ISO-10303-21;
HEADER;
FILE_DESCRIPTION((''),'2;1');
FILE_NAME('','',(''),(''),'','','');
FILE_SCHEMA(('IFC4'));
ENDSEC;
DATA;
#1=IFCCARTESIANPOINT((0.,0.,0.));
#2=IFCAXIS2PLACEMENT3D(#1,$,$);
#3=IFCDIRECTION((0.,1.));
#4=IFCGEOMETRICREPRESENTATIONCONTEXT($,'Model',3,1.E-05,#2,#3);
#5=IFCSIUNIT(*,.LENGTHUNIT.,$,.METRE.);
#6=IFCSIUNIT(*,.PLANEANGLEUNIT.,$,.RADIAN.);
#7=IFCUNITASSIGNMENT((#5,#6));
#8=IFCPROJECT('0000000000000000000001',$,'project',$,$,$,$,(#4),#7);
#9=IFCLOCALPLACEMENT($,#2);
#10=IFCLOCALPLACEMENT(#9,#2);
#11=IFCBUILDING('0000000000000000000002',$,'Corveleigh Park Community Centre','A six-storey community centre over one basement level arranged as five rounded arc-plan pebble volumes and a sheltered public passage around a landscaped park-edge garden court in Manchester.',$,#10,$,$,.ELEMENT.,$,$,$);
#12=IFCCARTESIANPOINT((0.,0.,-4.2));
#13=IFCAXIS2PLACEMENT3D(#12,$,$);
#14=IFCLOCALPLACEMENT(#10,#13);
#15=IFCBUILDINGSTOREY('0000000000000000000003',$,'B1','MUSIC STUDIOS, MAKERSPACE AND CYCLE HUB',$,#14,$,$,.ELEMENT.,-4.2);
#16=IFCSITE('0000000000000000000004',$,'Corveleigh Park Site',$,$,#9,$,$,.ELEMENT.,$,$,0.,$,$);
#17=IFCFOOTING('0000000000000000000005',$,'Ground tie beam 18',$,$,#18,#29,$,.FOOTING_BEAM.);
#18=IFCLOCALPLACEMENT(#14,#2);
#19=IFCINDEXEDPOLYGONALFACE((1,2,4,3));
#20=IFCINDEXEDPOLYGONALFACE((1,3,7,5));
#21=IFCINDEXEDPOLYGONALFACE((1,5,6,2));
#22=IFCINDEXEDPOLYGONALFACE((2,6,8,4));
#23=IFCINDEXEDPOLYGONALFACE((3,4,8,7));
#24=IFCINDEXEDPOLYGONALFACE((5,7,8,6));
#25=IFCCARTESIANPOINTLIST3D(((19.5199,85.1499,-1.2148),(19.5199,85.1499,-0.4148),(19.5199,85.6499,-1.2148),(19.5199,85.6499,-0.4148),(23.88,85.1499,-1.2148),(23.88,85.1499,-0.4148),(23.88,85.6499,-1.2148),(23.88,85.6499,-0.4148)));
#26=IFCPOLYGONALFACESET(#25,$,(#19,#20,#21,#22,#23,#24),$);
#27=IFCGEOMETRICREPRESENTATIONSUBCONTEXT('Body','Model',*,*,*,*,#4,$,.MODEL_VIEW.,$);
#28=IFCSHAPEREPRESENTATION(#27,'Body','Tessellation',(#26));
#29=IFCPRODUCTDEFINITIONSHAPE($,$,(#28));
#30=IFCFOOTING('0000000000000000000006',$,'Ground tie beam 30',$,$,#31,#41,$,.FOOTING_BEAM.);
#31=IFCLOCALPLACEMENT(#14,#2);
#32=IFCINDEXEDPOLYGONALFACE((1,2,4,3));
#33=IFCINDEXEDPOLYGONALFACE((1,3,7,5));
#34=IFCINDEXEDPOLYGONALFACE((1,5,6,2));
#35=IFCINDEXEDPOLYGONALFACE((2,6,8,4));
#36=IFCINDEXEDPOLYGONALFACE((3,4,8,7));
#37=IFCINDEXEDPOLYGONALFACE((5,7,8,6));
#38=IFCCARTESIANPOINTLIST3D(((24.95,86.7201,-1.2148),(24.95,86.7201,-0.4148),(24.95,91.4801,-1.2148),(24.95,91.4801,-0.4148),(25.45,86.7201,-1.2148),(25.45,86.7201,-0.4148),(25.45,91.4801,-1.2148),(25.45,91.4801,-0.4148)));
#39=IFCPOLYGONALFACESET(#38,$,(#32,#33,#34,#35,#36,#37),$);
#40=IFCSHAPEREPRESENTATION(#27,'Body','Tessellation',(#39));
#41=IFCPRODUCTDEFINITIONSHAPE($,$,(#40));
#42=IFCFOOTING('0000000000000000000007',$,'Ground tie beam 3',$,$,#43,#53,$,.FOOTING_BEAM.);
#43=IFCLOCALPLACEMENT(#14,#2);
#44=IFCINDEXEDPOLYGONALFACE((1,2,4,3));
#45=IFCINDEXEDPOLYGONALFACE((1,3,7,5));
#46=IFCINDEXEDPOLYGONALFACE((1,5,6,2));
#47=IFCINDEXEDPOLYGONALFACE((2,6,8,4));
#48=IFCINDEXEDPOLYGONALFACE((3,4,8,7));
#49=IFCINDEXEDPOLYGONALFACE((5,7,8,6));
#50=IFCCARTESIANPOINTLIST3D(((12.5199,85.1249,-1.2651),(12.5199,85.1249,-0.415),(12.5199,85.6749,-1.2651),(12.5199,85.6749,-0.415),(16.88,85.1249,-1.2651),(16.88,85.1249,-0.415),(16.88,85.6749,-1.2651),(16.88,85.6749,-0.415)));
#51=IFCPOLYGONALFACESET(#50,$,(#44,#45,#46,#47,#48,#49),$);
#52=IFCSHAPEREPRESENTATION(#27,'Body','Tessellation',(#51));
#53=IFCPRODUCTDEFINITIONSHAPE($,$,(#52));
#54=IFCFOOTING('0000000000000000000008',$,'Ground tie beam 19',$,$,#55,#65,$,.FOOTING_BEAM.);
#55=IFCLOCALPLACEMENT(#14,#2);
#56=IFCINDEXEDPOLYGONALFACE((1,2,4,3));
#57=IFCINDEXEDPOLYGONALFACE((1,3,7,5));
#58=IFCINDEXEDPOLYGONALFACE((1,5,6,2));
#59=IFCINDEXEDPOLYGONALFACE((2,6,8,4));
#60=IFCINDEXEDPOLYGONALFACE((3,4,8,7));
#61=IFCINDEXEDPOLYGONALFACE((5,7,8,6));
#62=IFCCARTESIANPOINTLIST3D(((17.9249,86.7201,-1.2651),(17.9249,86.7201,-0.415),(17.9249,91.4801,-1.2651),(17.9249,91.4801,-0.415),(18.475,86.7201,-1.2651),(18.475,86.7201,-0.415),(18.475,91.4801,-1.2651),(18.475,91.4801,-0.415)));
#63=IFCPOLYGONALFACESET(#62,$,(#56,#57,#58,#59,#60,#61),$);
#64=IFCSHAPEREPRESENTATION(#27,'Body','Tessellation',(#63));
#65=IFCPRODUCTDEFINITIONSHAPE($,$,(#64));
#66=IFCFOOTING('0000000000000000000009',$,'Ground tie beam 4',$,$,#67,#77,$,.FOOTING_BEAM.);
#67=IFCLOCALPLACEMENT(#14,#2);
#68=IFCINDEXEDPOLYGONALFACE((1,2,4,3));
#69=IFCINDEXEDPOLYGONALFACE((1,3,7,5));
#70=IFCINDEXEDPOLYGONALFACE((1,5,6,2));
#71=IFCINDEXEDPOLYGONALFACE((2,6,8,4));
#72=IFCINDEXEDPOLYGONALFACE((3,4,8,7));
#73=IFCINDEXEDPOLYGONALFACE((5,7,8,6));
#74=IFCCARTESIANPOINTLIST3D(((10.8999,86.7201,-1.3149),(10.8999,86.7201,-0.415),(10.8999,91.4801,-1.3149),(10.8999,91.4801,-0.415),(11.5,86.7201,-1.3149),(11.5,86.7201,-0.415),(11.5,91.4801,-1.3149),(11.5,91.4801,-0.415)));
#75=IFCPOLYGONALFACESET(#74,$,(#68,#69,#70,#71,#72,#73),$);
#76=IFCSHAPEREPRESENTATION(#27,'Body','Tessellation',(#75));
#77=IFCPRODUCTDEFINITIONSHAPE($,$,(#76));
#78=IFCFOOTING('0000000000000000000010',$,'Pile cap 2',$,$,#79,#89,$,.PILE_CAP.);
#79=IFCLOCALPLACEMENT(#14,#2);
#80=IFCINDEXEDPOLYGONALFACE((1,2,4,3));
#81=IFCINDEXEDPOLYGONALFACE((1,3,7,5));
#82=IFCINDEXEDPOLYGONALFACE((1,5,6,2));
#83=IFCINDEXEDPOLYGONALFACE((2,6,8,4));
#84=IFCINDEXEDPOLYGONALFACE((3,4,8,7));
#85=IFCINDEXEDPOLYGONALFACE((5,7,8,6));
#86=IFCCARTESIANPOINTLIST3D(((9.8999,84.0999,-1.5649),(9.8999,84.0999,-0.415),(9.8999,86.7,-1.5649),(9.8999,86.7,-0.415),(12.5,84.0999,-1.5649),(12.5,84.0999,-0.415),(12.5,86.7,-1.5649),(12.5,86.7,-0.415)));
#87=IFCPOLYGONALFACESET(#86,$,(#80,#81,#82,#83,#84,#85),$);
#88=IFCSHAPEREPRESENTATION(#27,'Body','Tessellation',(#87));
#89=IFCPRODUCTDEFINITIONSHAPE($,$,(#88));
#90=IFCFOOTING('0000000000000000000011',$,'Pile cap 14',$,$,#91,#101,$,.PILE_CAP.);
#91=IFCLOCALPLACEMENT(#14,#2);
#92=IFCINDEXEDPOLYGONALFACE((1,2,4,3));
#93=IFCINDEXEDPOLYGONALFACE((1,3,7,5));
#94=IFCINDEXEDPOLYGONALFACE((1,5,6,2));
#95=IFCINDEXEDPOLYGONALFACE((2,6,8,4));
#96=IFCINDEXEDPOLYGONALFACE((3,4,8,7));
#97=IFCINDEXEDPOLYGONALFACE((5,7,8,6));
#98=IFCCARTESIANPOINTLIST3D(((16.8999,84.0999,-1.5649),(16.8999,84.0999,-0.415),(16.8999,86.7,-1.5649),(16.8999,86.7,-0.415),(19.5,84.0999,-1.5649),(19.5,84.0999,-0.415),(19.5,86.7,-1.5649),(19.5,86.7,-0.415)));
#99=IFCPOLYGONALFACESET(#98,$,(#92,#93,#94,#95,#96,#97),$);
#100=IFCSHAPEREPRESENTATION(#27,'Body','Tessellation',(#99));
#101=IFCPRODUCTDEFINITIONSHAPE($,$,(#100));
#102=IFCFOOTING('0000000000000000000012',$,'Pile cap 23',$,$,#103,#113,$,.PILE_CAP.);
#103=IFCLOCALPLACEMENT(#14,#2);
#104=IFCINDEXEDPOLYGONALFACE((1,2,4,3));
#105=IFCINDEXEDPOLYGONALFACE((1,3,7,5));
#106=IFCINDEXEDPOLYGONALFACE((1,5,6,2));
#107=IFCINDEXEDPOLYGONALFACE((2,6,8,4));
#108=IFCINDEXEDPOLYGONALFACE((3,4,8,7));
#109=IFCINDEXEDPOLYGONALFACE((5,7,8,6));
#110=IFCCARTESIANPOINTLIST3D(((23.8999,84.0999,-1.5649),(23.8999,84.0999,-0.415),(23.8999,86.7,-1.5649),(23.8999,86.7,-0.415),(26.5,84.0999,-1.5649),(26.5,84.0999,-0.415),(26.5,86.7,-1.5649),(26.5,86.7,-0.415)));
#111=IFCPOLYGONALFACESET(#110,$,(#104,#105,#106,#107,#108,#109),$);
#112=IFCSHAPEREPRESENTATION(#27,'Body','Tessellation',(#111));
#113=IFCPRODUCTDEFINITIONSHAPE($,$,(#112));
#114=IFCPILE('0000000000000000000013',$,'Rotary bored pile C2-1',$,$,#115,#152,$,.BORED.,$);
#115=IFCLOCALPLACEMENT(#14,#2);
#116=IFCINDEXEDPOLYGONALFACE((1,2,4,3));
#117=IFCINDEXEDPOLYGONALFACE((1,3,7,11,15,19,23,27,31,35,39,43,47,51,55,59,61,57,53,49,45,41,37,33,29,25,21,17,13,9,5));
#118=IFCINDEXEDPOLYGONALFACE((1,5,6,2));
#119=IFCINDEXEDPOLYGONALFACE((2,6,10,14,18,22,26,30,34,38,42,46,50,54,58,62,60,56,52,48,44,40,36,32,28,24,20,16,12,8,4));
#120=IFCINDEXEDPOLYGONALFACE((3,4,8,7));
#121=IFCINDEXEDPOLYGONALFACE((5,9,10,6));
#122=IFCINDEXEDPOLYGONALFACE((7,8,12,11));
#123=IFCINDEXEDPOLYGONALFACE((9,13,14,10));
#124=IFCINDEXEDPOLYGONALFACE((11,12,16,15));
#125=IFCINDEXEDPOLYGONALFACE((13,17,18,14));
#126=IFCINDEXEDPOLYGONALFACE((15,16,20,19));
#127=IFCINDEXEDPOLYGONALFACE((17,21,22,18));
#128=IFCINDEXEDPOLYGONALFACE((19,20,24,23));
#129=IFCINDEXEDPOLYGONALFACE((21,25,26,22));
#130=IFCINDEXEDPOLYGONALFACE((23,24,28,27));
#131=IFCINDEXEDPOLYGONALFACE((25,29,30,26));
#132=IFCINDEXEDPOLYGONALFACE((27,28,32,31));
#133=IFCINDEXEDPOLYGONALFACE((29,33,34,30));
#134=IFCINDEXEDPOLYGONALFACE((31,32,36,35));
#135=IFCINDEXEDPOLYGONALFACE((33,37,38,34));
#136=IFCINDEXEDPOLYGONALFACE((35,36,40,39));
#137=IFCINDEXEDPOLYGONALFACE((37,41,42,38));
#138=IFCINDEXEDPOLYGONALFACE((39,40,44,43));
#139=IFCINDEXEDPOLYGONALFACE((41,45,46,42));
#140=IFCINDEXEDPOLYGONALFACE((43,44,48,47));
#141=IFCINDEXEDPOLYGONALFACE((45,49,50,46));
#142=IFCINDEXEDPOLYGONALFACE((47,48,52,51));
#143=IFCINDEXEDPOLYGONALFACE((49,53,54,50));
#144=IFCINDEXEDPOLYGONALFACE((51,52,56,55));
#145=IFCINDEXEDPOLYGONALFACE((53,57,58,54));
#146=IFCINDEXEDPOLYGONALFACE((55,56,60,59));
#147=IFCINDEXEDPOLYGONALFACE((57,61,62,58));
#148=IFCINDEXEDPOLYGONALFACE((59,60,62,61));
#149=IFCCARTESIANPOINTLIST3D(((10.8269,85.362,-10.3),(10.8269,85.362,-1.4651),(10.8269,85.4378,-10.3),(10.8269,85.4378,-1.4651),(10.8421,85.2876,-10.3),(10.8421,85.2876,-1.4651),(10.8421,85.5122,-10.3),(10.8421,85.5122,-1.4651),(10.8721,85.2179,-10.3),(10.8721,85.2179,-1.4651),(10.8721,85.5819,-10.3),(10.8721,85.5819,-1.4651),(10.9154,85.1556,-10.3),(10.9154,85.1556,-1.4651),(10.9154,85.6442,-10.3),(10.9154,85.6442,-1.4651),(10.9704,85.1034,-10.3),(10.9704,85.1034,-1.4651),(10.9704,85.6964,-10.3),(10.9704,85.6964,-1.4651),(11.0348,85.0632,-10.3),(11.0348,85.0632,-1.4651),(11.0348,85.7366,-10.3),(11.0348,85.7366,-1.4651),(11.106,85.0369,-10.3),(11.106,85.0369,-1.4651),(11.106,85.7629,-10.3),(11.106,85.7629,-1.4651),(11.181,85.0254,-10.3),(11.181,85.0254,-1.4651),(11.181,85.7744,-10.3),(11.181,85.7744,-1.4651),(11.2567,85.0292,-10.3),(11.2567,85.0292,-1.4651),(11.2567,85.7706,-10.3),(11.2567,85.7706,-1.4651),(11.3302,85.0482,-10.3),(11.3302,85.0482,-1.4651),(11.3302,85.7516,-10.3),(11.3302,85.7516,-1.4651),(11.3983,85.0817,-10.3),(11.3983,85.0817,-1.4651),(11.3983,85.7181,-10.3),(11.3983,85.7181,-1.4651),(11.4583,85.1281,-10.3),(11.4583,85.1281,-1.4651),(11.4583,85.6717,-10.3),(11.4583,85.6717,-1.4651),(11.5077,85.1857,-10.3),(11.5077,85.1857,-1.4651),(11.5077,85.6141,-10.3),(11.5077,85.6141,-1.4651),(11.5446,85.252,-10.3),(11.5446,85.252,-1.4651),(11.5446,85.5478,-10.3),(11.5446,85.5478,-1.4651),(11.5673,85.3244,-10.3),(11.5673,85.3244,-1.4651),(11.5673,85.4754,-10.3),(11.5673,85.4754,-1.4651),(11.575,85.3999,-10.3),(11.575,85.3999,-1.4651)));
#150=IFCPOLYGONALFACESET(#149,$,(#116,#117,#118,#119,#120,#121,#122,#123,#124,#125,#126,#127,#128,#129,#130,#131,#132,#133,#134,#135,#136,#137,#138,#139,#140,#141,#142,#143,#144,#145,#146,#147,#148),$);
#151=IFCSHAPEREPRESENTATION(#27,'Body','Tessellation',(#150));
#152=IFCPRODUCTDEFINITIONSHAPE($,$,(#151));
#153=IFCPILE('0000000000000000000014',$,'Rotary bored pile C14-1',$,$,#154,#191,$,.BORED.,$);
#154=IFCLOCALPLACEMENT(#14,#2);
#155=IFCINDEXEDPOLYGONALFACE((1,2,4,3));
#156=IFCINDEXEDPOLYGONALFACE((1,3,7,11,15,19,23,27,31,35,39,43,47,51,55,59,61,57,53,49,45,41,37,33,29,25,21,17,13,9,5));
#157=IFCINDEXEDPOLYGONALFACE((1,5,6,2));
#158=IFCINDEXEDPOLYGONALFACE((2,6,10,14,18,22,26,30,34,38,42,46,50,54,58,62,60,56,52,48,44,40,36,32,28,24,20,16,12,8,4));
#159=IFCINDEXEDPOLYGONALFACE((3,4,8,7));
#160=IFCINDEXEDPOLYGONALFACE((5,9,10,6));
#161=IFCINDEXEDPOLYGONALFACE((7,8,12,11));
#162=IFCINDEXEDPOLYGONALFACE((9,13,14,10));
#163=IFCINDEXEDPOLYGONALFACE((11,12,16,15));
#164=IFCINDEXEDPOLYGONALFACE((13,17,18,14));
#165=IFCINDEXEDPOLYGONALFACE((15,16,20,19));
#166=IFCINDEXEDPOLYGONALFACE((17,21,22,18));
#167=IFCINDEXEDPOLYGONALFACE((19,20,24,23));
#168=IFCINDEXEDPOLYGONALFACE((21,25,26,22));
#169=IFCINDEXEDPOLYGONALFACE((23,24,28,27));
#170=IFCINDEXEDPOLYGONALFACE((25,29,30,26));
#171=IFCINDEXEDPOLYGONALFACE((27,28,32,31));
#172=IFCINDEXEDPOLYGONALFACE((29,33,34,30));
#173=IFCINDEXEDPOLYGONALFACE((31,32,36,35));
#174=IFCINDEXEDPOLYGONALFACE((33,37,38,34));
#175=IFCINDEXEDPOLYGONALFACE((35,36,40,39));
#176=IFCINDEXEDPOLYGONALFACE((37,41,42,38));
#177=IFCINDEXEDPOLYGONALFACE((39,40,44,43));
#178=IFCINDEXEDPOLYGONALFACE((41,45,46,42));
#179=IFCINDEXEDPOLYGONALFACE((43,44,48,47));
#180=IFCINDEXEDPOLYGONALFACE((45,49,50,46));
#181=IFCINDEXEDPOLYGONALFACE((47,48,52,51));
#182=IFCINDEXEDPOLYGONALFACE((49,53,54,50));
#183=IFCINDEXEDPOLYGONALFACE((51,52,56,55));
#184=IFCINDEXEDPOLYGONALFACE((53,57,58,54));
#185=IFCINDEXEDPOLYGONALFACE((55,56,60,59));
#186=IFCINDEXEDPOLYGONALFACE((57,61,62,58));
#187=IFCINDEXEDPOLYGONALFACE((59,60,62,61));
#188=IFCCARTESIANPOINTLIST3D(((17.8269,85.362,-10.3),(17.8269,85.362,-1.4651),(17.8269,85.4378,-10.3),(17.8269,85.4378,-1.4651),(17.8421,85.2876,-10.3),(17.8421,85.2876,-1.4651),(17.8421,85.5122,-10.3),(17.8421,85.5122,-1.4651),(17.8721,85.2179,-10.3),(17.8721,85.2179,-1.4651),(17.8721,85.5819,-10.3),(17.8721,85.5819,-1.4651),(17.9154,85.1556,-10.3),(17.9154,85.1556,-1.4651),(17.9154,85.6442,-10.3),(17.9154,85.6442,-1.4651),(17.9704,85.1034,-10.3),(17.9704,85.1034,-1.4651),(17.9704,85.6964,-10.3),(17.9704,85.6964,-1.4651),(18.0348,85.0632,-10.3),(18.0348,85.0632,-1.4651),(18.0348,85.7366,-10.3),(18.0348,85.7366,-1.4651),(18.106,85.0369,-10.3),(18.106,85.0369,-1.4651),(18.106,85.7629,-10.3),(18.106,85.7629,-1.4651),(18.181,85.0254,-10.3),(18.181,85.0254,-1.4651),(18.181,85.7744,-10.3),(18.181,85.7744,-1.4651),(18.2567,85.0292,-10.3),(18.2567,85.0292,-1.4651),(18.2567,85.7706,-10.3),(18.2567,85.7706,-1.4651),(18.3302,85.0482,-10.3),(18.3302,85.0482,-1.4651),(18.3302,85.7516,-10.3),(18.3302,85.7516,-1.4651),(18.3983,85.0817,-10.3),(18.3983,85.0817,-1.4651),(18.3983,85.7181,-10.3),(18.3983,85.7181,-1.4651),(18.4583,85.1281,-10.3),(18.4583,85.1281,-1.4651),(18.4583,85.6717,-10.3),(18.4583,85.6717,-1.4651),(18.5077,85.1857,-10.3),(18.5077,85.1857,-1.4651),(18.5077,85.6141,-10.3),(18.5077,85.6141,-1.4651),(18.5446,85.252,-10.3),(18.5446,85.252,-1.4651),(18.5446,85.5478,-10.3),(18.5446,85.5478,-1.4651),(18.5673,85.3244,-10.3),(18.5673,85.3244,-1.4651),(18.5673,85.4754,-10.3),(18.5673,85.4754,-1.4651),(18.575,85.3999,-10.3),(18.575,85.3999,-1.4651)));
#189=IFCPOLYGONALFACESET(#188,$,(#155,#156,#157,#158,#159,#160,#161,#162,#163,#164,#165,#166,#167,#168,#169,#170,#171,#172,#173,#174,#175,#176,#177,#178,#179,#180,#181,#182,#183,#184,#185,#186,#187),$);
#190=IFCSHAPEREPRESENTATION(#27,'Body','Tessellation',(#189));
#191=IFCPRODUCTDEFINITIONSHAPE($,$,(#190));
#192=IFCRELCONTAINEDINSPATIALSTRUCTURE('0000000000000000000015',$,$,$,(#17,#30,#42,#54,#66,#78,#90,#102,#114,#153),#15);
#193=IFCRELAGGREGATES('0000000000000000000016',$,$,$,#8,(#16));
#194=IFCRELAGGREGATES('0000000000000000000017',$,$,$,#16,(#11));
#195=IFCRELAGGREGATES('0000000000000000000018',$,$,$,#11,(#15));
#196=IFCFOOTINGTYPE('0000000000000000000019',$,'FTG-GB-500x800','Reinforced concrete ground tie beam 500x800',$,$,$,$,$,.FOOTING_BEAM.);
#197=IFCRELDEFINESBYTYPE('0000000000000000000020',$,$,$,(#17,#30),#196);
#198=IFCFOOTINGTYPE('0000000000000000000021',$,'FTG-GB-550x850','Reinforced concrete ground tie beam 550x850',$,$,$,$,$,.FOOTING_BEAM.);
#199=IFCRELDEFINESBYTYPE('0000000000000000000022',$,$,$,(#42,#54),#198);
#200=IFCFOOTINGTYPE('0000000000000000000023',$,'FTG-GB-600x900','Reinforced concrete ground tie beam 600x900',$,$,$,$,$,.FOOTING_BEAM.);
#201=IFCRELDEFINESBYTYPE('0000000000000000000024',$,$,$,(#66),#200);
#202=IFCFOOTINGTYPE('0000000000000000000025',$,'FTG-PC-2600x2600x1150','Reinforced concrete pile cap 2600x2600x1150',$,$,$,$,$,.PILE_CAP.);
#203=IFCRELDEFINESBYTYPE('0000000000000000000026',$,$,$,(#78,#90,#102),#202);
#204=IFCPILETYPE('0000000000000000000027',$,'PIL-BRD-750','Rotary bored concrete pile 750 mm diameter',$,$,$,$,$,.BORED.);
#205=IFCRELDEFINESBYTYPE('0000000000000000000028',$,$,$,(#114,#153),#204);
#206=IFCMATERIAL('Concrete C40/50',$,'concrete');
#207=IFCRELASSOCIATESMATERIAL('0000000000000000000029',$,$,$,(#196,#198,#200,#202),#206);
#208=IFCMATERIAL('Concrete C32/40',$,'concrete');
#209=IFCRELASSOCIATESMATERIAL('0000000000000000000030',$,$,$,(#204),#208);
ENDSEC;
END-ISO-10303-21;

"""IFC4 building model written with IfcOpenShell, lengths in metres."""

from ifc_helpers import new_model, si_unit, direction, frame, origin, origin_2d, place, context, subcontext, project, spatial, rectangle, circle, extrude, material, material_profile, profile_set, type_object, element, save


model = new_model("IFC4")

# Units and contexts
model_context = context("Model", 3, precision=1e-05, world=origin(), true_north=direction((0.0, 1.0)))
body_context = subcontext(model_context, "Body", "Model", "MODEL_VIEW")
ifc_project = project(units=[si_unit("LENGTHUNIT", "METRE"), si_unit("PLANEANGLEUNIT", "RADIAN")], contexts=[model_context])

# Site, building, storey
site_placement = place(None, origin())
site = spatial("IfcSite", under=ifc_project, at=site_placement, Name="Corveleigh Park Site", CompositionType="ELEMENT", RefElevation=0.0)
building_placement = place(site_placement, origin())
building = spatial("IfcBuilding", under=site, at=building_placement, Name="Corveleigh Park Community Centre", Description="A six-storey community centre over one basement level arranged as five rounded arc-plan pebble volumes and a sheltered public passage around a landscaped park-edge garden court in Manchester.", CompositionType="ELEMENT")
storey_placement = place(building_placement, frame((0.0, 0.0, -4.2)))
storey = spatial("IfcBuildingStorey", under=building, at=storey_placement, Name="B1", Description="MUSIC STUDIOS, MAKERSPACE AND CYCLE HUB", CompositionType="ELEMENT", Elevation=-4.2)

# Footings
ifc_material_1 = material(Name="Concrete C40/50", Category="concrete")
footing_type_1 = type_object("IfcFootingType", Name="FTG-GB-500x800", Description="Reinforced concrete ground tie beam 500x800", PredefinedType="FOOTING_BEAM", material=ifc_material_1)
footing_1_placement = place(storey_placement, frame((21.7, 85.3999, -1.2148), z_axis=(0.0, 0.0, 1.0), x_axis=(1.0, 0.0, 0.0)))
element("IfcFooting", 1, at=footing_1_placement, inside=storey, type_object=footing_type_1, Name="Ground tie beam 18", PredefinedType="FOOTING_BEAM", context=body_context, shape_type="SweptSolid", body=[
    extrude(rectangle(XDim=4.3601, YDim=0.5, at=origin_2d()), origin(), (0.0, 0.0, 1.0), 0.8),
])
footing_2_placement = place(storey_placement, frame((25.2, 89.1001, -1.2148), z_axis=(0.0, 0.0, 1.0), x_axis=(1.0, 0.0, 0.0)))
element("IfcFooting", 2, at=footing_2_placement, inside=storey, type_object=footing_type_1, Name="Ground tie beam 30", PredefinedType="FOOTING_BEAM", context=body_context, shape_type="SweptSolid", body=[
    extrude(rectangle(XDim=0.5, YDim=4.76, at=origin_2d()), origin(), (0.0, 0.0, 1.0), 0.8),
])
footing_type_2 = type_object("IfcFootingType", Name="FTG-GB-550x850", Description="Reinforced concrete ground tie beam 550x850", PredefinedType="FOOTING_BEAM", material=ifc_material_1)
footing_3_placement = place(storey_placement, frame((14.7, 85.3999, -1.2651), z_axis=(0.0, 0.0, 1.0), x_axis=(1.0, 0.0, 0.0)))
element("IfcFooting", 3, at=footing_3_placement, inside=storey, type_object=footing_type_2, Name="Ground tie beam 3", PredefinedType="FOOTING_BEAM", context=body_context, shape_type="SweptSolid", body=[
    extrude(rectangle(XDim=4.3601, YDim=0.55, at=origin_2d()), origin(), (0.0, 0.0, 1.0), 0.8501),
])
footing_4_placement = place(storey_placement, frame((18.2, 89.1001, -1.2651), z_axis=(0.0, 0.0, 1.0), x_axis=(1.0, 0.0, 0.0)))
element("IfcFooting", 4, at=footing_4_placement, inside=storey, type_object=footing_type_2, Name="Ground tie beam 19", PredefinedType="FOOTING_BEAM", context=body_context, shape_type="SweptSolid", body=[
    extrude(rectangle(XDim=0.55, YDim=4.76, at=origin_2d()), origin(), (0.0, 0.0, 1.0), 0.8501),
])
footing_type_3 = type_object("IfcFootingType", Name="FTG-GB-600x900", Description="Reinforced concrete ground tie beam 600x900", PredefinedType="FOOTING_BEAM", material=ifc_material_1)
footing_5_placement = place(storey_placement, frame((11.2, 89.1001, -1.3149), z_axis=(0.0, 0.0, 1.0), x_axis=(1.0, 0.0, 0.0)))
element("IfcFooting", 5, at=footing_5_placement, inside=storey, type_object=footing_type_3, Name="Ground tie beam 4", PredefinedType="FOOTING_BEAM", context=body_context, shape_type="SweptSolid", body=[
    extrude(rectangle(XDim=0.6001, YDim=4.76, at=origin_2d()), origin(), (0.0, 0.0, 1.0), 0.8999),
])
footing_type_4 = type_object("IfcFootingType", Name="FTG-PC-2600x2600x1150", Description="Reinforced concrete pile cap 2600x2600x1150", PredefinedType="PILE_CAP", material=ifc_material_1)
for number, where, z_axis, x_axis, name in (
    (6, (11.2, 85.3999, -1.5649), (0.0, 0.0, 1.0), (1.0, 0.0, 0.0), "Pile cap 2"),
    (7, (18.2, 85.3999, -1.5649), (0.0, 0.0, 1.0), (1.0, 0.0, 0.0), "Pile cap 14"),
    (8, (25.2, 85.3999, -1.5649), (0.0, 0.0, 1.0), (1.0, 0.0, 0.0), "Pile cap 23"),
):
    element("IfcFooting", number, at=place(storey_placement, frame(where, z_axis=z_axis, x_axis=x_axis)), inside=storey, type_object=footing_type_4, Name=name, PredefinedType="PILE_CAP", context=body_context, shape_type="SweptSolid", body=[
        extrude(rectangle(XDim=2.6001, YDim=2.6001, at=origin_2d()), origin(), (0.0, 0.0, 1.0), 1.1499),
    ])

# Piles
ifc_material_2 = material(Name="Concrete C32/40", Category="concrete")
ifc_material_profile_1 = material_profile(ifc_material_2, circle(Radius=0.375, at=origin_2d()), Name="BORED-PILE-750", Category="concrete")
ifc_profile_set_1 = profile_set([ifc_material_profile_1], Name="Concrete C32/40")
pile_type = type_object("IfcPileType", Name="PIL-BRD-750", Description="Rotary bored concrete pile 750 mm diameter", PredefinedType="BORED", material=ifc_profile_set_1)
for number, where, z_axis, x_axis, name in (
    (9, (11.2, 85.3999, -1.4651), (0.0, 0.0, -1.0), (1.0, 0.0, 0.0), "Rotary bored pile C2-1"),
    (10, (18.2, 85.3999, -1.4651), (0.0, 0.0, -1.0), (1.0, 0.0, 0.0), "Rotary bored pile C14-1"),
):
    element("IfcPile", number, at=place(storey_placement, frame(where, z_axis=z_axis, x_axis=x_axis)), inside=storey, type_object=pile_type, Name=name, PredefinedType="BORED", context=body_context, shape_type="SweptSolid", body=[
        extrude(circle(Radius=0.375, at=origin_2d()), origin(), (0.0, 0.0, 1.0), 8.835),
    ])

save(model, "model.ifc")
